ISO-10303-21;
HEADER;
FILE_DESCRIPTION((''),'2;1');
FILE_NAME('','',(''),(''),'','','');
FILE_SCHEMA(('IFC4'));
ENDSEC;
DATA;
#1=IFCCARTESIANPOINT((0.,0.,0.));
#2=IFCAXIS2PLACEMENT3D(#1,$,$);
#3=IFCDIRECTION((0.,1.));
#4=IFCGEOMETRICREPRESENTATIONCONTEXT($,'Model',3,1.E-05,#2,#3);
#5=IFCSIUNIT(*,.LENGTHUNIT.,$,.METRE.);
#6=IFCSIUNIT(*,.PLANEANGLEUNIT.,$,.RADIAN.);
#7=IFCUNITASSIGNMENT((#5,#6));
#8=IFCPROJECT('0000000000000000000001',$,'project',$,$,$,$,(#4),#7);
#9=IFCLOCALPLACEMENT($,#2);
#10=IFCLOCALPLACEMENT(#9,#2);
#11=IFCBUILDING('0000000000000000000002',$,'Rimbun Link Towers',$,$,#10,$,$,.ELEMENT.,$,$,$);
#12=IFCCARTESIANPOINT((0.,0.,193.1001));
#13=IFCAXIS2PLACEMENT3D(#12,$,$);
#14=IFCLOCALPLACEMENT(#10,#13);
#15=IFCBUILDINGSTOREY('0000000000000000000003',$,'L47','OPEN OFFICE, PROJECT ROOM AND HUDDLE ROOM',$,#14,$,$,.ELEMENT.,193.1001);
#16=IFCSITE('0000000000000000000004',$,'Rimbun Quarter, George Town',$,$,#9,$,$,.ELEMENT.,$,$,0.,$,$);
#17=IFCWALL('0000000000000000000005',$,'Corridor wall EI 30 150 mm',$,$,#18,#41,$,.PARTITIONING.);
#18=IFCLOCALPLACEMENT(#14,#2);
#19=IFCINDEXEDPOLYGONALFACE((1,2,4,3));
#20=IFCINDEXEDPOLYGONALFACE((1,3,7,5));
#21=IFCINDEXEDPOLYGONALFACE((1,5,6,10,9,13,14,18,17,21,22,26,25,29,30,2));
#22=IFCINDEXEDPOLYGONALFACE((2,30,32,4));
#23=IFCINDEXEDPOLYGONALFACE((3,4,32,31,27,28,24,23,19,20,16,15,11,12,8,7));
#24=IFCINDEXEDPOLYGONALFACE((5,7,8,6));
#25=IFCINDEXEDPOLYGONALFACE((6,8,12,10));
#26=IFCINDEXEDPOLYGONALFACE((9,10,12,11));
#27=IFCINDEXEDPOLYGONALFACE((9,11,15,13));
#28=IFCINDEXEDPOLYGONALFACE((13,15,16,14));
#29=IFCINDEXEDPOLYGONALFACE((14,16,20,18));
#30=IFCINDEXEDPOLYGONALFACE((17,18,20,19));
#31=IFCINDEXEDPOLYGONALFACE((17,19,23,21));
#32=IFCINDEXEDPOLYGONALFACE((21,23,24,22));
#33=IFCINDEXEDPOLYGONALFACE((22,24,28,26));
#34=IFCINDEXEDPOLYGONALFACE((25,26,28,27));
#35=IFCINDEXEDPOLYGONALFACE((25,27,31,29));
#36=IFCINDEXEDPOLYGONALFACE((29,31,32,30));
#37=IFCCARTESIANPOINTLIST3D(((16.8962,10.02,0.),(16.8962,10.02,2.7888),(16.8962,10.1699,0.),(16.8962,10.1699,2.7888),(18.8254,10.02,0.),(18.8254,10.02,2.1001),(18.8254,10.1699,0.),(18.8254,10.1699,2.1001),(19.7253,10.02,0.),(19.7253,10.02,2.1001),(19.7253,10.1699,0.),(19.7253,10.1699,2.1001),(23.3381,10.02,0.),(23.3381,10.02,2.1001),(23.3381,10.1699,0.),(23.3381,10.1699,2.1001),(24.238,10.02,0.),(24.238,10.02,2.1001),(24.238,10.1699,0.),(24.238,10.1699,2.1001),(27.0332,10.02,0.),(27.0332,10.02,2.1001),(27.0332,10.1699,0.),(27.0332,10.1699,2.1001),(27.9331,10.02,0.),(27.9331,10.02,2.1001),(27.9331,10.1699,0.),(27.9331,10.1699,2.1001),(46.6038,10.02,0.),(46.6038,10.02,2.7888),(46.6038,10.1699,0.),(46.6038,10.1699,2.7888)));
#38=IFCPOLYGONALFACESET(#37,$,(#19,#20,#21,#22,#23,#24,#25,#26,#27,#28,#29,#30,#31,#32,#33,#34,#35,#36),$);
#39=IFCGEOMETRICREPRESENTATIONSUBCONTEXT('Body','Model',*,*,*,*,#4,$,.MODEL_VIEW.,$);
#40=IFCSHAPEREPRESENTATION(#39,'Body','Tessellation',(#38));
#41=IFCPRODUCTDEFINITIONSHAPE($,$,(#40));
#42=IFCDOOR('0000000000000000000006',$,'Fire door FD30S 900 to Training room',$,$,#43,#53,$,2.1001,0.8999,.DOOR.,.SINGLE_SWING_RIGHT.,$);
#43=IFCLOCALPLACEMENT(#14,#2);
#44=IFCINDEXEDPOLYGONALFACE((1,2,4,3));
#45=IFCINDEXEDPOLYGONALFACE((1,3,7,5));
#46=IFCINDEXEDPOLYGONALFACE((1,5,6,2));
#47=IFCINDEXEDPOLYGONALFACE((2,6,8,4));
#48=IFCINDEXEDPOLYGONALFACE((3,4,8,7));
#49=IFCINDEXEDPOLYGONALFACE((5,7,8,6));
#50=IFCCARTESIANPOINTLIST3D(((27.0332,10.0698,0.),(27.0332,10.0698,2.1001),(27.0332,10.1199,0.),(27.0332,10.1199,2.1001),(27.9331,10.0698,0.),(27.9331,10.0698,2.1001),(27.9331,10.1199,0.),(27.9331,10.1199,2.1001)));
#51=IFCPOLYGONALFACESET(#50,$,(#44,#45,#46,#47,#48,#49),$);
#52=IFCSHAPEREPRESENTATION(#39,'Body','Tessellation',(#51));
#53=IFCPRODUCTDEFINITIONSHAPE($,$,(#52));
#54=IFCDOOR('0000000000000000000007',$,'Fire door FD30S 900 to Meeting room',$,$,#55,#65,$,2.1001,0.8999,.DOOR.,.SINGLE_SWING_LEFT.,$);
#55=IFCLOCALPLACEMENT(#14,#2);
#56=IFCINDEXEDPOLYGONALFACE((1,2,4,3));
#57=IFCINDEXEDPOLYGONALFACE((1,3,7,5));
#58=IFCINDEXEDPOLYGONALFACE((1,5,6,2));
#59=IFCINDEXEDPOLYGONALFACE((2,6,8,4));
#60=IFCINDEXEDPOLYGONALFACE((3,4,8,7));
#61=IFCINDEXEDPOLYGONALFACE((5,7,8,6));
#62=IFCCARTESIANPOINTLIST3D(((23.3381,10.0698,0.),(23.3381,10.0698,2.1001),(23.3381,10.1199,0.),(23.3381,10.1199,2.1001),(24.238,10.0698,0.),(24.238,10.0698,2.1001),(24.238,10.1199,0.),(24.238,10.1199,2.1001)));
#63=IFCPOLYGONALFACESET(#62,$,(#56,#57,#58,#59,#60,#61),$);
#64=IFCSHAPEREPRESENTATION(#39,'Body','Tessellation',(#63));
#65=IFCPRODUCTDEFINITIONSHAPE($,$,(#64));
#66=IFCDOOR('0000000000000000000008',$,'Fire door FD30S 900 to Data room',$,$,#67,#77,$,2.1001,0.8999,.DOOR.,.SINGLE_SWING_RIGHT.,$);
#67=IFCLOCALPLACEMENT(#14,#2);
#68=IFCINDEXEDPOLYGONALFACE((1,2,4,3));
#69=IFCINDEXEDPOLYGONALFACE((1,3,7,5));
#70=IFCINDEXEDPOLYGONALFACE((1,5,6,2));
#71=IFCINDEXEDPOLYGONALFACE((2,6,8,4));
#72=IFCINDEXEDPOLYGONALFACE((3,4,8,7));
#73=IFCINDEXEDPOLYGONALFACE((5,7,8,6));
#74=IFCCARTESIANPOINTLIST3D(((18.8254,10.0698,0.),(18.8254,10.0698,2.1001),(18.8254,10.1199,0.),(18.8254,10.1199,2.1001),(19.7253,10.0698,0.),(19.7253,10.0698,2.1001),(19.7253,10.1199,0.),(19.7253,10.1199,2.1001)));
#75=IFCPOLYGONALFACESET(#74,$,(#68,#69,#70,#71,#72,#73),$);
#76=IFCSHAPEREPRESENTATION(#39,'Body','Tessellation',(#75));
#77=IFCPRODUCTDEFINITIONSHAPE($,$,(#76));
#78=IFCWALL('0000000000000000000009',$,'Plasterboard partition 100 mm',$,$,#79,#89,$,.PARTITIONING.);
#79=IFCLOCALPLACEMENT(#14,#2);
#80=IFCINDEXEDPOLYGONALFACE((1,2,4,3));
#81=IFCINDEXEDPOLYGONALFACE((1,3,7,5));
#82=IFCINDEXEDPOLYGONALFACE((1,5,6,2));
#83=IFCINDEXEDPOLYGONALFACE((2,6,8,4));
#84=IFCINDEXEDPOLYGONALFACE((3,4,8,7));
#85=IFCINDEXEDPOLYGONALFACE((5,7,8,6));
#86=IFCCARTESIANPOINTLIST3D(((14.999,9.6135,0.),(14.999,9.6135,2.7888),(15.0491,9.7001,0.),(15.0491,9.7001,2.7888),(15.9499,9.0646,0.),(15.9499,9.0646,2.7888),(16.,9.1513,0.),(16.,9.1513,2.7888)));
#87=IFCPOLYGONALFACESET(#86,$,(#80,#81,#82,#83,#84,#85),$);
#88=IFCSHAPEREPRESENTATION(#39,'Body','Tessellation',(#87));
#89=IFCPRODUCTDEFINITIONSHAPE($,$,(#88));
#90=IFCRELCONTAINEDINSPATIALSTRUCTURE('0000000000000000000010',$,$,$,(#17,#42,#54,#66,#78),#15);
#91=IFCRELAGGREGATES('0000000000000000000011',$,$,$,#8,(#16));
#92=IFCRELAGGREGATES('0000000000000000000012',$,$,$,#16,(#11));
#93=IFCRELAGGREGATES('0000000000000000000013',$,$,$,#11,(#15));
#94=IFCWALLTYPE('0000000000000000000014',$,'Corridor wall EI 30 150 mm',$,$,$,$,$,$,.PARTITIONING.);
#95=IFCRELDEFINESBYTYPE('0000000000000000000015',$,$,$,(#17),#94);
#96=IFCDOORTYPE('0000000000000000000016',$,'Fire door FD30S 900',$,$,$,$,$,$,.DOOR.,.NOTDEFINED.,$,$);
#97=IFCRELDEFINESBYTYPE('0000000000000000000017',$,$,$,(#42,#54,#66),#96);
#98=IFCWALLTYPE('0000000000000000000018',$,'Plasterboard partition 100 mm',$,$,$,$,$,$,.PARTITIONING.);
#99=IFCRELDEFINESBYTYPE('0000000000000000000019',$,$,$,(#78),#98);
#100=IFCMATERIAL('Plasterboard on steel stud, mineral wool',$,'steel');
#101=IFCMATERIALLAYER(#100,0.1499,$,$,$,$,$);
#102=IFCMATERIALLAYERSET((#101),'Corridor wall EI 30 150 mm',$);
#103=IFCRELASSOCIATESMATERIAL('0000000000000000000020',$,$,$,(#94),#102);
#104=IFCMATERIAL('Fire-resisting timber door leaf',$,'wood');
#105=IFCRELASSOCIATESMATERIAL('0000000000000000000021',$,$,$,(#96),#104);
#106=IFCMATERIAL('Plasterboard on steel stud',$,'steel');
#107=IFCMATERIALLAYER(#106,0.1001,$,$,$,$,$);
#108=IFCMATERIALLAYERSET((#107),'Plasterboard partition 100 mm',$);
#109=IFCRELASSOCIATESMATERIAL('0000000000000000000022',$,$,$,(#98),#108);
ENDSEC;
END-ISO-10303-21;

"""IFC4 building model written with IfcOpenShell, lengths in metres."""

from ifc_helpers import new_model, si_unit, direction, frame, frame_2d, origin, place, context, subcontext, project, spatial, rectangle, extrude, material, layer, layer_set, type_object, element, fill, save


model = new_model("IFC4")

# Units and contexts
model_context = context("Model", 3, precision=1e-05, world=origin(), true_north=direction((0.0, 1.0)))
body_context = subcontext(model_context, "Body", "Model", "MODEL_VIEW")
ifc_project = project(units=[si_unit("LENGTHUNIT", "METRE"), si_unit("PLANEANGLEUNIT", "RADIAN")], contexts=[model_context])

# Site, building, storey
site_placement = place(None, origin())
site = spatial("IfcSite", under=ifc_project, at=site_placement, Name="Rimbun Quarter, George Town", CompositionType="ELEMENT", RefElevation=0.0)
building_placement = place(site_placement, origin())
building = spatial("IfcBuilding", under=site, at=building_placement, Name="Rimbun Link Towers", CompositionType="ELEMENT")
storey_placement = place(building_placement, frame((0.0, 0.0, 193.1001)))
storey = spatial("IfcBuildingStorey", under=building, at=storey_placement, Name="L47", Description="OPEN OFFICE, PROJECT ROOM AND HUDDLE ROOM", CompositionType="ELEMENT", Elevation=193.1001)

# Shared definitions
ifc_material_1 = material(Name="Plasterboard on steel stud, mineral wool", Category="steel")
ifc_layer_1 = layer(ifc_material_1, 0.1499)
ifc_layer_set_1 = layer_set([ifc_layer_1], Name="Corridor wall EI 30 150 mm")
wall_type_1 = type_object("IfcWallType", Name="Corridor wall EI 30 150 mm", PredefinedType="PARTITIONING", material=ifc_layer_set_1)

# Wall, openings, doors
wall_1_placement = place(storey_placement, frame((16.8962, 10.095, 0.0), z_axis=(0.0, 0.0, 1.0), x_axis=(1.0, 0.0, 0.0)))
wall_1 = element("IfcWall", 1, at=wall_1_placement, inside=storey, type_object=wall_type_1, Name="Corridor wall EI 30 150 mm", PredefinedType="PARTITIONING", context=body_context, shape_type="SweptSolid", body=[
    extrude(rectangle(XDim=29.7075, YDim=0.1499, at=frame_2d((14.8538, 0.0))), origin(), (0.0, 0.0, 1.0), 2.7888),
])
opening_1_placement = place(wall_1_placement, frame((10.137, 0.0, 0.0)))
opening_1 = element("IfcOpeningElement", 2, at=opening_1_placement, cuts=wall_1, PredefinedType="OPENING", context=body_context, shape_type="SweptSolid", body=[
    extrude(rectangle(XDim=0.8999, YDim=2.1001, at=frame_2d((0.45, 1.05))), frame((0.0, 0.085, 0.0), z_axis=(0.0, -1.0, 0.0), x_axis=(1.0, 0.0, 0.0)), (0.0, 0.0, 1.0), 0.1699),
])
opening_2_placement = place(wall_1_placement, frame((6.4419, 0.0, 0.0)))
opening_2 = element("IfcOpeningElement", 3, at=opening_2_placement, cuts=wall_1, PredefinedType="OPENING", context=body_context, shape_type="SweptSolid", body=[
    extrude(rectangle(XDim=0.8999, YDim=2.1001, at=frame_2d((0.45, 1.05))), frame((0.0, 0.085, 0.0), z_axis=(0.0, -1.0, 0.0), x_axis=(1.0, 0.0, 0.0)), (0.0, 0.0, 1.0), 0.1699),
])
opening_3_placement = place(wall_1_placement, frame((1.9292, 0.0, 0.0)))
opening_3 = element("IfcOpeningElement", 4, at=opening_3_placement, cuts=wall_1, PredefinedType="OPENING", context=body_context, shape_type="SweptSolid", body=[
    extrude(rectangle(XDim=0.8999, YDim=2.1001, at=frame_2d((0.45, 1.05))), frame((0.0, 0.085, 0.0), z_axis=(0.0, -1.0, 0.0), x_axis=(1.0, 0.0, 0.0)), (0.0, 0.0, 1.0), 0.1699),
])
ifc_material_2 = material(Name="Fire-resisting timber door leaf", Category="wood")
door_type_1 = type_object("IfcDoorType", Name="Fire door FD30S 900", OperationType="NOTDEFINED", PredefinedType="DOOR", material=ifc_material_2)
door_1_placement = place(opening_1_placement, origin())
door_1 = element("IfcDoor", 5, at=door_1_placement, inside=storey, type_object=door_type_1, Name="Fire door FD30S 900 to Training room", OperationType="SINGLE_SWING_RIGHT", OverallHeight=2.1001, OverallWidth=0.8999, PredefinedType="DOOR", context=body_context, shape_type="SweptSolid", body=[
    extrude(rectangle(XDim=0.8999, YDim=2.1001, at=frame_2d((0.45, 1.05))), frame((0.0, 0.0249, 0.0), z_axis=(0.0, -1.0, 0.0), x_axis=(1.0, 0.0, 0.0)), (0.0, 0.0, 1.0), 0.05),
])
fill(opening_1, door_1)
door_2_placement = place(opening_2_placement, origin())
door_2 = element("IfcDoor", 6, at=door_2_placement, inside=storey, type_object=door_type_1, Name="Fire door FD30S 900 to Meeting room", OperationType="SINGLE_SWING_LEFT", OverallHeight=2.1001, OverallWidth=0.8999, PredefinedType="DOOR", context=body_context, shape_type="SweptSolid", body=[
    extrude(rectangle(XDim=0.8999, YDim=2.1001, at=frame_2d((0.45, 1.05))), frame((0.0, 0.0249, 0.0), z_axis=(0.0, -1.0, 0.0), x_axis=(1.0, 0.0, 0.0)), (0.0, 0.0, 1.0), 0.05),
])
fill(opening_2, door_2)
door_3_placement = place(opening_3_placement, origin())
door_3 = element("IfcDoor", 7, at=door_3_placement, inside=storey, type_object=door_type_1, Name="Fire door FD30S 900 to Data room", OperationType="SINGLE_SWING_RIGHT", OverallHeight=2.1001, OverallWidth=0.8999, PredefinedType="DOOR", context=body_context, shape_type="SweptSolid", body=[
    extrude(rectangle(XDim=0.8999, YDim=2.1001, at=frame_2d((0.45, 1.05))), frame((0.0, 0.0249, 0.0), z_axis=(0.0, -1.0, 0.0), x_axis=(1.0, 0.0, 0.0)), (0.0, 0.0, 1.0), 0.05),
])
fill(opening_3, door_3)

# Wall
ifc_material_3 = material(Name="Plasterboard on steel stud", Category="steel")
ifc_layer_2 = layer(ifc_material_3, 0.1001)
ifc_layer_set_2 = layer_set([ifc_layer_2], Name="Plasterboard partition 100 mm")
wall_type_2 = type_object("IfcWallType", Name="Plasterboard partition 100 mm", PredefinedType="PARTITIONING", material=ifc_layer_set_2)
wall_2_placement = place(storey_placement, frame((15.0242, 9.6567, 0.0), z_axis=(0.0, 0.0, 1.0), x_axis=(0.8661, -0.49987, 0.0)))
element("IfcWall", 8, at=wall_2_placement, inside=storey, type_object=wall_type_2, Name="Plasterboard partition 100 mm", PredefinedType="PARTITIONING", context=body_context, shape_type="SweptSolid", body=[
    extrude(rectangle(XDim=1.0979, YDim=0.1001, at=frame_2d((0.5488, 0.0))), origin(), (0.0, 0.0, 1.0), 2.7888),
])

save(model, "model.ifc")
